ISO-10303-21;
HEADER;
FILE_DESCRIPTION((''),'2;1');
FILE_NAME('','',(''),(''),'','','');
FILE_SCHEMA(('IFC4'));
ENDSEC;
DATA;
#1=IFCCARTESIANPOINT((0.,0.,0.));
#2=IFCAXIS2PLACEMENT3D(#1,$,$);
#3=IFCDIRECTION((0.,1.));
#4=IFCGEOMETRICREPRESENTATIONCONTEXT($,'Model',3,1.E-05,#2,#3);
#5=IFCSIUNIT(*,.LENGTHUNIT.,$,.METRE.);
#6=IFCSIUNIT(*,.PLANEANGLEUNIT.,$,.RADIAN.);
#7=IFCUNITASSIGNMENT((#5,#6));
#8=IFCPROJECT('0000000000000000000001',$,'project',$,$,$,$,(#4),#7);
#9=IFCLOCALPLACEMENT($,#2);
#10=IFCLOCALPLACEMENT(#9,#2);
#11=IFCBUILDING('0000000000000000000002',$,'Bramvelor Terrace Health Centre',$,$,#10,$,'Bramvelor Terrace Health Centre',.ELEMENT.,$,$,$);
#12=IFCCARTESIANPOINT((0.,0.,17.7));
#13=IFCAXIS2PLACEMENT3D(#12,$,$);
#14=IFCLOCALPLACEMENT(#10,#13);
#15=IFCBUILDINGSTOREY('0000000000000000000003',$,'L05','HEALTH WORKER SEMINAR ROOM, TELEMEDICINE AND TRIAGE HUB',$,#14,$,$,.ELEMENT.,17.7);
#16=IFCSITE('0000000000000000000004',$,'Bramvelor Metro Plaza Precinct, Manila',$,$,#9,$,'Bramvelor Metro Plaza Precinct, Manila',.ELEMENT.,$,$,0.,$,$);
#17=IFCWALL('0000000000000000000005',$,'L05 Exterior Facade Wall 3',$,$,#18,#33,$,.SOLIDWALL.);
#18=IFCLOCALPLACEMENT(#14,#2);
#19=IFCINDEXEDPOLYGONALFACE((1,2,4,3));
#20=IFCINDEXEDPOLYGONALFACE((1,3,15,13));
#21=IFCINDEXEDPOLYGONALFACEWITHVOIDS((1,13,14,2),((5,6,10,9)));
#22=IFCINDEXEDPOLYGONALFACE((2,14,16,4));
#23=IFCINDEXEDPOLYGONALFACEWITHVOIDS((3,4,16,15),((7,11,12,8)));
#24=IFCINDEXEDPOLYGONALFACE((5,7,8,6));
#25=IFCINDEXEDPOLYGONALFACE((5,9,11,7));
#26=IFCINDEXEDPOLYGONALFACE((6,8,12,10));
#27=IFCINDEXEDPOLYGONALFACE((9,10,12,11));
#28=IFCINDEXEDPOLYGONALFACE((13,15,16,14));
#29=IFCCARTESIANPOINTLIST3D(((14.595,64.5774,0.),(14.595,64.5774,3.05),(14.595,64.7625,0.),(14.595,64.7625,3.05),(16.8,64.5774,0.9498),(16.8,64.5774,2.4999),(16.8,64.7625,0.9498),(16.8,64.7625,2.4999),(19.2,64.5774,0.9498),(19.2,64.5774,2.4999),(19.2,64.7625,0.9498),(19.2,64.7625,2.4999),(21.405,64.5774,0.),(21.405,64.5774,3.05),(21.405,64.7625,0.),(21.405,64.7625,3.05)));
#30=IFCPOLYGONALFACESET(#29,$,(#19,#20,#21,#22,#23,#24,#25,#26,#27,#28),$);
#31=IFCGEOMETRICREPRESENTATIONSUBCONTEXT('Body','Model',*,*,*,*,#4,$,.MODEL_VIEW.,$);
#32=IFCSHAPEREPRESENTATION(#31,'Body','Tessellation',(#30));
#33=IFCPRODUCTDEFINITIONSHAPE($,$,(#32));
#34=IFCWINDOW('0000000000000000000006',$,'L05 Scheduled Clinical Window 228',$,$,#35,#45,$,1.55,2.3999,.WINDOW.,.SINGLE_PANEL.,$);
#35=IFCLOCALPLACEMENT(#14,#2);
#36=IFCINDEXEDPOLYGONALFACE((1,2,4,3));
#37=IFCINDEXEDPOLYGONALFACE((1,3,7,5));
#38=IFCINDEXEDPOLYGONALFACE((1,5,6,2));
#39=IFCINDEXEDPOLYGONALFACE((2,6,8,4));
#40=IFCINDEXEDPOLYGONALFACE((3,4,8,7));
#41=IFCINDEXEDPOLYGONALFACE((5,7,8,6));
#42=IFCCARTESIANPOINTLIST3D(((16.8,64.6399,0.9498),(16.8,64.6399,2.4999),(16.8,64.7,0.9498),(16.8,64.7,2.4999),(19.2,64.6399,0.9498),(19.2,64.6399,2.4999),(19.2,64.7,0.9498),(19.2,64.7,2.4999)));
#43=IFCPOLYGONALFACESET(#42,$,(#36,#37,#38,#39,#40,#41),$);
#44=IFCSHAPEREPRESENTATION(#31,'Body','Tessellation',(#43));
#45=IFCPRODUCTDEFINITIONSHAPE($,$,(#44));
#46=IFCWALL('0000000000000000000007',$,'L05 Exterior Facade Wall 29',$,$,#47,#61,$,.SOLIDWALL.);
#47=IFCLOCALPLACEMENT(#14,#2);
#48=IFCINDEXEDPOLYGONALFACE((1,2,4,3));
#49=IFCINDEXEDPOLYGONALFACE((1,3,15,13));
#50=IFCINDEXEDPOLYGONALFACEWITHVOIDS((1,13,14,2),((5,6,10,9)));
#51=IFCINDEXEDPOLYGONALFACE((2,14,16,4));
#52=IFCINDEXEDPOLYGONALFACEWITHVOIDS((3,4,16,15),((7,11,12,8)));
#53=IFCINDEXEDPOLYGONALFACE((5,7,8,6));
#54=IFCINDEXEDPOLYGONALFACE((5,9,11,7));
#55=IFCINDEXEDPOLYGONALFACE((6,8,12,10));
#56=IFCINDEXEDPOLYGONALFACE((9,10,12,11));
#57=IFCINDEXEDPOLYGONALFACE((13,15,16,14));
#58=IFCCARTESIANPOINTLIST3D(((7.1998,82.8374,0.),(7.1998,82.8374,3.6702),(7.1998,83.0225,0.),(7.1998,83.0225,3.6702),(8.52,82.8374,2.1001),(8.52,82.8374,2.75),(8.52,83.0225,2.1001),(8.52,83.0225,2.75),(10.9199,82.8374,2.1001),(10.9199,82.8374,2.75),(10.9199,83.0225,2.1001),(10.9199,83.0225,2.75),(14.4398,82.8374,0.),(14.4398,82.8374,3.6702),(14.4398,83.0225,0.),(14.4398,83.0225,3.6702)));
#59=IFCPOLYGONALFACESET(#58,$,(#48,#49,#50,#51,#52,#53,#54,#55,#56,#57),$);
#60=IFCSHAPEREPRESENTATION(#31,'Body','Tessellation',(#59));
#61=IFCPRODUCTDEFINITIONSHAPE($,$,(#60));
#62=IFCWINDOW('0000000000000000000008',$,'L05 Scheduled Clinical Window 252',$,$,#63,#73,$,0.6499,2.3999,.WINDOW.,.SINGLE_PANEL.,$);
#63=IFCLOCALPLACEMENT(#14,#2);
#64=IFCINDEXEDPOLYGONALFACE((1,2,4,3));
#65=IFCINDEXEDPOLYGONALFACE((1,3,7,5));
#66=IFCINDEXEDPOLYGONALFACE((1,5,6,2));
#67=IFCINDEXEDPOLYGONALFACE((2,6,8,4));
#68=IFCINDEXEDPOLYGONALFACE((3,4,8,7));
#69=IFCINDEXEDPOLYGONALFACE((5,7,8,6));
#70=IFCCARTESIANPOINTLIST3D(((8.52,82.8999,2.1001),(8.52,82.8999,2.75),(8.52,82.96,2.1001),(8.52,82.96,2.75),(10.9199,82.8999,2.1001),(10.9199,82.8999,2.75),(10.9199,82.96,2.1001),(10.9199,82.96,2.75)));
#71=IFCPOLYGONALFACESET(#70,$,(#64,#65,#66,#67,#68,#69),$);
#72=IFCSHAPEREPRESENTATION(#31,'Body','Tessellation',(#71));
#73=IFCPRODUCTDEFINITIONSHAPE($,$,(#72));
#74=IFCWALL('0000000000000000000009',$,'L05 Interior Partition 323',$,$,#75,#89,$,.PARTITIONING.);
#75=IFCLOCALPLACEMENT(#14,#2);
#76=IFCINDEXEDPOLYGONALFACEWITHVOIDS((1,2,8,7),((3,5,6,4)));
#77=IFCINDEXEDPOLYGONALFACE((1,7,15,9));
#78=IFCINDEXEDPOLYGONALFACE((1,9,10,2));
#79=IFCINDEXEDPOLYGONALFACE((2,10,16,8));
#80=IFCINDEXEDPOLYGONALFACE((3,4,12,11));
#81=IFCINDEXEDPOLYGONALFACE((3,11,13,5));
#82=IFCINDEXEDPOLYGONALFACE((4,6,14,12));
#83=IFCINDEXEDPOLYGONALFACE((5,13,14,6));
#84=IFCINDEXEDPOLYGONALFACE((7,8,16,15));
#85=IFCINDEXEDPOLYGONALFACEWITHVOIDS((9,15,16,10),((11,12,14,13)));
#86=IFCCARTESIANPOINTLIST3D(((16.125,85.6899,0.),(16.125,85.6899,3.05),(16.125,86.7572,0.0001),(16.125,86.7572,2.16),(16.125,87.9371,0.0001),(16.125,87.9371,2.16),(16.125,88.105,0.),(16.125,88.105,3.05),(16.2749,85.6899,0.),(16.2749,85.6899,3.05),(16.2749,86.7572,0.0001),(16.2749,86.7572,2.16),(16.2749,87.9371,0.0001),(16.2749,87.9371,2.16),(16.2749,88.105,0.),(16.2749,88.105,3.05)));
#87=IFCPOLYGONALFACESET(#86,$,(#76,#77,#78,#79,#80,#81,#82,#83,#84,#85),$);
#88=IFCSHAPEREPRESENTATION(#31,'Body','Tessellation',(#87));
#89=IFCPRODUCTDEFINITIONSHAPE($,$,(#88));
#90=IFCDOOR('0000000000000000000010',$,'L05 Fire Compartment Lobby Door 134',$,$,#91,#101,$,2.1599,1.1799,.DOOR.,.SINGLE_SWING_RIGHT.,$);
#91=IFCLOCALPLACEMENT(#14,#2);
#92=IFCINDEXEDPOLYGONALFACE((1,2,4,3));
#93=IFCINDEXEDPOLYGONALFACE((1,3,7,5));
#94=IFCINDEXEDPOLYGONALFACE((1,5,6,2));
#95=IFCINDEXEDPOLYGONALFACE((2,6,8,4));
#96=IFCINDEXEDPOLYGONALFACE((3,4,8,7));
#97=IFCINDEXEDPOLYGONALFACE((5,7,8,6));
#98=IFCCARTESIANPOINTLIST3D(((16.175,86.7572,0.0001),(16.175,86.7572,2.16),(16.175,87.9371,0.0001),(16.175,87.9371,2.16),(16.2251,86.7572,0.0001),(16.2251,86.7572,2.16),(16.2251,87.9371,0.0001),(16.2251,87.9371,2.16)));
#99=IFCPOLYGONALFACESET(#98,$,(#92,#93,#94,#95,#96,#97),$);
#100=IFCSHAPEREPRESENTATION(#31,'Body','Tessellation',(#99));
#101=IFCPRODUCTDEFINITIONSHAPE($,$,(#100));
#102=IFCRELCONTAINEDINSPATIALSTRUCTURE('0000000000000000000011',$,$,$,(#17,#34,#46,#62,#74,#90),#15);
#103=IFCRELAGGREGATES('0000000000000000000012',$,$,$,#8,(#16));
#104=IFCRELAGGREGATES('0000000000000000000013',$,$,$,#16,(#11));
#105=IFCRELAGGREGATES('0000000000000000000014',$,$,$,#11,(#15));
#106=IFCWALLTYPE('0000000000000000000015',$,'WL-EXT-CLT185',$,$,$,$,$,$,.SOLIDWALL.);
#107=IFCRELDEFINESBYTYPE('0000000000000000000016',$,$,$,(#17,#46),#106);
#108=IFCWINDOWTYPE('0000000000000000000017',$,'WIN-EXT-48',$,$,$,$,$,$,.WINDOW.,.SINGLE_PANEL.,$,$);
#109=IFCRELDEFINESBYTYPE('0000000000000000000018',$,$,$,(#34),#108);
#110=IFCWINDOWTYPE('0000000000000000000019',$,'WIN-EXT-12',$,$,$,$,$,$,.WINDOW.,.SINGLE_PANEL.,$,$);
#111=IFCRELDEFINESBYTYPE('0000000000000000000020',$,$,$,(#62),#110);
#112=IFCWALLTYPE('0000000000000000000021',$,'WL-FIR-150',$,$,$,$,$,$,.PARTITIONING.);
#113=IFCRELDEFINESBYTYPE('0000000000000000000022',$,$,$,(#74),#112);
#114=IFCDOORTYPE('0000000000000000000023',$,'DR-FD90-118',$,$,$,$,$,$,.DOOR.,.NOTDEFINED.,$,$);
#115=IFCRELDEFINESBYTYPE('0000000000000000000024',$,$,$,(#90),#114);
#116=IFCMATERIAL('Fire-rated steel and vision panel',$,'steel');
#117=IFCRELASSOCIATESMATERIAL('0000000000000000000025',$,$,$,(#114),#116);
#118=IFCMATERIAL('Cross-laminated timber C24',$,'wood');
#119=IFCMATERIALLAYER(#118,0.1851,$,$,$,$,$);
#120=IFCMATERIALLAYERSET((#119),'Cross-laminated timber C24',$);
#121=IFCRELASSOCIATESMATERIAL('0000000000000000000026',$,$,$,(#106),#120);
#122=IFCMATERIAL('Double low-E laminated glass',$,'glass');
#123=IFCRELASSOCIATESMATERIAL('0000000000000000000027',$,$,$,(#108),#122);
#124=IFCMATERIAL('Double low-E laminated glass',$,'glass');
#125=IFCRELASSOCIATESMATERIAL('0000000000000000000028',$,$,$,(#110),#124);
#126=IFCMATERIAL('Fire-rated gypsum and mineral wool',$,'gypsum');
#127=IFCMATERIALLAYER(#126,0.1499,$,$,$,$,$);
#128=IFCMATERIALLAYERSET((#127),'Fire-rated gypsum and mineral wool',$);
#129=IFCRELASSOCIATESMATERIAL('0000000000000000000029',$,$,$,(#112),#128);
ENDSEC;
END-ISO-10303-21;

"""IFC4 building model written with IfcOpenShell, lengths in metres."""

from ifc_helpers import new_model, si_unit, direction, frame, frame_2d, origin, place, context, subcontext, project, spatial, rectangle, extrude, material, layer, layer_set, type_object, element, fill, save


model = new_model("IFC4")

# Units and contexts
model_context = context("Model", 3, precision=1e-05, world=origin(), true_north=direction((0.0, 1.0)))
body_context = subcontext(model_context, "Body", "Model", "MODEL_VIEW")
ifc_project = project(units=[si_unit("LENGTHUNIT", "METRE"), si_unit("PLANEANGLEUNIT", "RADIAN")], contexts=[model_context])

# Site, building, storey
site_placement = place(None, origin())
site = spatial("IfcSite", under=ifc_project, at=site_placement, Name="Bramvelor Metro Plaza Precinct, Manila", LongName="Bramvelor Metro Plaza Precinct, Manila", CompositionType="ELEMENT", RefElevation=0.0)
building_placement = place(site_placement, origin())
building = spatial("IfcBuilding", under=site, at=building_placement, Name="Bramvelor Terrace Health Centre", LongName="Bramvelor Terrace Health Centre", CompositionType="ELEMENT")
storey_placement = place(building_placement, frame((0.0, 0.0, 17.7)))
storey = spatial("IfcBuildingStorey", under=building, at=storey_placement, Name="L05", Description="HEALTH WORKER SEMINAR ROOM, TELEMEDICINE AND TRIAGE HUB", CompositionType="ELEMENT", Elevation=17.7)

# Shared definitions
ifc_material_1 = material(Name="Fire-rated steel and vision panel", Category="steel")
door_type_1 = type_object("IfcDoorType", Name="DR-FD90-118", OperationType="NOTDEFINED", PredefinedType="DOOR", material=ifc_material_1)

# Walls, openings, windows
ifc_material_2 = material(Name="Cross-laminated timber C24", Category="wood")
ifc_layer_1 = layer(ifc_material_2, 0.1851)
ifc_layer_set_1 = layer_set([ifc_layer_1], Name="Cross-laminated timber C24")
wall_type_1 = type_object("IfcWallType", Name="WL-EXT-CLT185", PredefinedType="SOLIDWALL", material=ifc_layer_set_1)
wall_1_placement = place(storey_placement, frame((14.595, 64.6699, 0.0), z_axis=(0.0, 0.0, 1.0), x_axis=(1.0, 0.0, 0.0)))
wall_1 = element("IfcWall", 1, at=wall_1_placement, inside=storey, type_object=wall_type_1, Name="L05 Exterior Facade Wall 3", PredefinedType="SOLIDWALL", context=body_context, shape_type="SweptSolid", body=[
    extrude(rectangle(XDim=6.8101, YDim=0.1851, at=frame_2d((3.405, 0.0))), origin(), (0.0, 0.0, 1.0), 3.05),
])
opening_1_placement = place(wall_1_placement, frame((2.2051, 0.0, 0.95)))
opening_1 = element("IfcOpeningElement", 2, at=opening_1_placement, cuts=wall_1, PredefinedType="OPENING", context=body_context, shape_type="SweptSolid", body=[
    extrude(rectangle(XDim=2.3999, YDim=1.55, at=frame_2d((1.2, 0.7749))), frame((0.0, 0.1025, 0.0), z_axis=(0.0, -1.0, 0.0), x_axis=(1.0, 0.0, 0.0)), (0.0, 0.0, 1.0), 0.2051),
])
ifc_material_3 = material(Name="Double low-E laminated glass", Category="glass")
window_type_1 = type_object("IfcWindowType", Name="WIN-EXT-48", PartitioningType="SINGLE_PANEL", PredefinedType="WINDOW", material=ifc_material_3)
window_1_placement = place(opening_1_placement, origin())
window_1 = element("IfcWindow", 3, at=window_1_placement, inside=storey, type_object=window_type_1, Name="L05 Scheduled Clinical Window 228", OverallHeight=1.55, OverallWidth=2.3999, PartitioningType="SINGLE_PANEL", PredefinedType="WINDOW", context=body_context, shape_type="SweptSolid", body=[
    extrude(rectangle(XDim=2.3999, YDim=1.55, at=frame_2d((1.2, 0.7749))), frame((0.0, 0.03, 0.0), z_axis=(0.0, -1.0, 0.0), x_axis=(1.0, 0.0, 0.0)), (0.0, 0.0, 1.0), 0.0601),
])
fill(opening_1, window_1)
wall_2_placement = place(storey_placement, frame((14.4399, 82.9299, 0.0), z_axis=(0.0, 0.0, 1.0), x_axis=(-1.0, 0.0, 0.0)))
wall_2 = element("IfcWall", 4, at=wall_2_placement, inside=storey, type_object=wall_type_1, Name="L05 Exterior Facade Wall 29", PredefinedType="SOLIDWALL", context=body_context, shape_type="SweptSolid", body=[
    extrude(rectangle(XDim=7.24, YDim=0.1851, at=frame_2d((3.6201, 0.0))), origin(), (0.0, 0.0, 1.0), 3.6702),
])
opening_2_placement = place(wall_2_placement, frame((3.52, 0.0, 2.1001)))
opening_2 = element("IfcOpeningElement", 5, at=opening_2_placement, cuts=wall_2, PredefinedType="OPENING", context=body_context, shape_type="SweptSolid", body=[
    extrude(rectangle(XDim=2.3999, YDim=0.6499, at=frame_2d((1.2, 0.325))), frame((0.0, 0.1025, 0.0), z_axis=(0.0, -1.0, 0.0), x_axis=(1.0, 0.0, 0.0)), (0.0, 0.0, 1.0), 0.2051),
])
ifc_material_4 = material(Name="Double low-E laminated glass", Category="glass")
window_type_2 = type_object("IfcWindowType", Name="WIN-EXT-12", PartitioningType="SINGLE_PANEL", PredefinedType="WINDOW", material=ifc_material_4)
window_2_placement = place(opening_2_placement, origin())
window_2 = element("IfcWindow", 6, at=window_2_placement, inside=storey, type_object=window_type_2, Name="L05 Scheduled Clinical Window 252", OverallHeight=0.6499, OverallWidth=2.3999, PartitioningType="SINGLE_PANEL", PredefinedType="WINDOW", context=body_context, shape_type="SweptSolid", body=[
    extrude(rectangle(XDim=2.3999, YDim=0.6499, at=frame_2d((1.2, 0.325))), frame((0.0, 0.03, 0.0), z_axis=(0.0, -1.0, 0.0), x_axis=(1.0, 0.0, 0.0)), (0.0, 0.0, 1.0), 0.0601),
])
fill(opening_2, window_2)

# Wall, opening, door
ifc_material_5 = material(Name="Fire-rated gypsum and mineral wool", Category="gypsum")
ifc_layer_2 = layer(ifc_material_5, 0.1499)
ifc_layer_set_2 = layer_set([ifc_layer_2], Name="Fire-rated gypsum and mineral wool")
wall_type_2 = type_object("IfcWallType", Name="WL-FIR-150", PredefinedType="PARTITIONING", material=ifc_layer_set_2)
wall_3_placement = place(storey_placement, frame((16.2, 85.6899, 0.0), z_axis=(0.0, 0.0, 1.0), x_axis=(0.0, 1.0, 0.0)))
wall_3 = element("IfcWall", 7, at=wall_3_placement, inside=storey, type_object=wall_type_2, Name="L05 Interior Partition 323", PredefinedType="PARTITIONING", context=body_context, shape_type="SweptSolid", body=[
    extrude(rectangle(XDim=2.415, YDim=0.1499, at=frame_2d((1.2075, 0.0))), origin(), (0.0, 0.0, 1.0), 3.05),
])
opening_3_placement = place(wall_3_placement, frame((1.0674, 0.0, 0.0)))
opening_3 = element("IfcOpeningElement", 8, at=opening_3_placement, cuts=wall_3, PredefinedType="OPENING", context=body_context, shape_type="SweptSolid", body=[
    extrude(rectangle(XDim=1.1799, YDim=2.1599, at=frame_2d((0.5898, 1.0801))), frame((0.0, 0.085, 0.0), z_axis=(0.0, -1.0, 0.0), x_axis=(1.0, 0.0, 0.0)), (0.0, 0.0, 1.0), 0.1699),
])
door_1_placement = place(opening_3_placement, origin())
door_1 = element("IfcDoor", 9, at=door_1_placement, inside=storey, type_object=door_type_1, Name="L05 Fire Compartment Lobby Door 134", OperationType="SINGLE_SWING_RIGHT", OverallHeight=2.1599, OverallWidth=1.1799, PredefinedType="DOOR", context=body_context, shape_type="SweptSolid", body=[
    extrude(rectangle(XDim=1.1799, YDim=2.1599, at=frame_2d((0.5898, 1.0801))), frame((0.0, 0.0249, 0.0), z_axis=(0.0, -1.0, 0.0), x_axis=(1.0, 0.0, 0.0)), (0.0, 0.0, 1.0), 0.05),
])
fill(opening_3, door_1)

save(model, "model.ifc")
